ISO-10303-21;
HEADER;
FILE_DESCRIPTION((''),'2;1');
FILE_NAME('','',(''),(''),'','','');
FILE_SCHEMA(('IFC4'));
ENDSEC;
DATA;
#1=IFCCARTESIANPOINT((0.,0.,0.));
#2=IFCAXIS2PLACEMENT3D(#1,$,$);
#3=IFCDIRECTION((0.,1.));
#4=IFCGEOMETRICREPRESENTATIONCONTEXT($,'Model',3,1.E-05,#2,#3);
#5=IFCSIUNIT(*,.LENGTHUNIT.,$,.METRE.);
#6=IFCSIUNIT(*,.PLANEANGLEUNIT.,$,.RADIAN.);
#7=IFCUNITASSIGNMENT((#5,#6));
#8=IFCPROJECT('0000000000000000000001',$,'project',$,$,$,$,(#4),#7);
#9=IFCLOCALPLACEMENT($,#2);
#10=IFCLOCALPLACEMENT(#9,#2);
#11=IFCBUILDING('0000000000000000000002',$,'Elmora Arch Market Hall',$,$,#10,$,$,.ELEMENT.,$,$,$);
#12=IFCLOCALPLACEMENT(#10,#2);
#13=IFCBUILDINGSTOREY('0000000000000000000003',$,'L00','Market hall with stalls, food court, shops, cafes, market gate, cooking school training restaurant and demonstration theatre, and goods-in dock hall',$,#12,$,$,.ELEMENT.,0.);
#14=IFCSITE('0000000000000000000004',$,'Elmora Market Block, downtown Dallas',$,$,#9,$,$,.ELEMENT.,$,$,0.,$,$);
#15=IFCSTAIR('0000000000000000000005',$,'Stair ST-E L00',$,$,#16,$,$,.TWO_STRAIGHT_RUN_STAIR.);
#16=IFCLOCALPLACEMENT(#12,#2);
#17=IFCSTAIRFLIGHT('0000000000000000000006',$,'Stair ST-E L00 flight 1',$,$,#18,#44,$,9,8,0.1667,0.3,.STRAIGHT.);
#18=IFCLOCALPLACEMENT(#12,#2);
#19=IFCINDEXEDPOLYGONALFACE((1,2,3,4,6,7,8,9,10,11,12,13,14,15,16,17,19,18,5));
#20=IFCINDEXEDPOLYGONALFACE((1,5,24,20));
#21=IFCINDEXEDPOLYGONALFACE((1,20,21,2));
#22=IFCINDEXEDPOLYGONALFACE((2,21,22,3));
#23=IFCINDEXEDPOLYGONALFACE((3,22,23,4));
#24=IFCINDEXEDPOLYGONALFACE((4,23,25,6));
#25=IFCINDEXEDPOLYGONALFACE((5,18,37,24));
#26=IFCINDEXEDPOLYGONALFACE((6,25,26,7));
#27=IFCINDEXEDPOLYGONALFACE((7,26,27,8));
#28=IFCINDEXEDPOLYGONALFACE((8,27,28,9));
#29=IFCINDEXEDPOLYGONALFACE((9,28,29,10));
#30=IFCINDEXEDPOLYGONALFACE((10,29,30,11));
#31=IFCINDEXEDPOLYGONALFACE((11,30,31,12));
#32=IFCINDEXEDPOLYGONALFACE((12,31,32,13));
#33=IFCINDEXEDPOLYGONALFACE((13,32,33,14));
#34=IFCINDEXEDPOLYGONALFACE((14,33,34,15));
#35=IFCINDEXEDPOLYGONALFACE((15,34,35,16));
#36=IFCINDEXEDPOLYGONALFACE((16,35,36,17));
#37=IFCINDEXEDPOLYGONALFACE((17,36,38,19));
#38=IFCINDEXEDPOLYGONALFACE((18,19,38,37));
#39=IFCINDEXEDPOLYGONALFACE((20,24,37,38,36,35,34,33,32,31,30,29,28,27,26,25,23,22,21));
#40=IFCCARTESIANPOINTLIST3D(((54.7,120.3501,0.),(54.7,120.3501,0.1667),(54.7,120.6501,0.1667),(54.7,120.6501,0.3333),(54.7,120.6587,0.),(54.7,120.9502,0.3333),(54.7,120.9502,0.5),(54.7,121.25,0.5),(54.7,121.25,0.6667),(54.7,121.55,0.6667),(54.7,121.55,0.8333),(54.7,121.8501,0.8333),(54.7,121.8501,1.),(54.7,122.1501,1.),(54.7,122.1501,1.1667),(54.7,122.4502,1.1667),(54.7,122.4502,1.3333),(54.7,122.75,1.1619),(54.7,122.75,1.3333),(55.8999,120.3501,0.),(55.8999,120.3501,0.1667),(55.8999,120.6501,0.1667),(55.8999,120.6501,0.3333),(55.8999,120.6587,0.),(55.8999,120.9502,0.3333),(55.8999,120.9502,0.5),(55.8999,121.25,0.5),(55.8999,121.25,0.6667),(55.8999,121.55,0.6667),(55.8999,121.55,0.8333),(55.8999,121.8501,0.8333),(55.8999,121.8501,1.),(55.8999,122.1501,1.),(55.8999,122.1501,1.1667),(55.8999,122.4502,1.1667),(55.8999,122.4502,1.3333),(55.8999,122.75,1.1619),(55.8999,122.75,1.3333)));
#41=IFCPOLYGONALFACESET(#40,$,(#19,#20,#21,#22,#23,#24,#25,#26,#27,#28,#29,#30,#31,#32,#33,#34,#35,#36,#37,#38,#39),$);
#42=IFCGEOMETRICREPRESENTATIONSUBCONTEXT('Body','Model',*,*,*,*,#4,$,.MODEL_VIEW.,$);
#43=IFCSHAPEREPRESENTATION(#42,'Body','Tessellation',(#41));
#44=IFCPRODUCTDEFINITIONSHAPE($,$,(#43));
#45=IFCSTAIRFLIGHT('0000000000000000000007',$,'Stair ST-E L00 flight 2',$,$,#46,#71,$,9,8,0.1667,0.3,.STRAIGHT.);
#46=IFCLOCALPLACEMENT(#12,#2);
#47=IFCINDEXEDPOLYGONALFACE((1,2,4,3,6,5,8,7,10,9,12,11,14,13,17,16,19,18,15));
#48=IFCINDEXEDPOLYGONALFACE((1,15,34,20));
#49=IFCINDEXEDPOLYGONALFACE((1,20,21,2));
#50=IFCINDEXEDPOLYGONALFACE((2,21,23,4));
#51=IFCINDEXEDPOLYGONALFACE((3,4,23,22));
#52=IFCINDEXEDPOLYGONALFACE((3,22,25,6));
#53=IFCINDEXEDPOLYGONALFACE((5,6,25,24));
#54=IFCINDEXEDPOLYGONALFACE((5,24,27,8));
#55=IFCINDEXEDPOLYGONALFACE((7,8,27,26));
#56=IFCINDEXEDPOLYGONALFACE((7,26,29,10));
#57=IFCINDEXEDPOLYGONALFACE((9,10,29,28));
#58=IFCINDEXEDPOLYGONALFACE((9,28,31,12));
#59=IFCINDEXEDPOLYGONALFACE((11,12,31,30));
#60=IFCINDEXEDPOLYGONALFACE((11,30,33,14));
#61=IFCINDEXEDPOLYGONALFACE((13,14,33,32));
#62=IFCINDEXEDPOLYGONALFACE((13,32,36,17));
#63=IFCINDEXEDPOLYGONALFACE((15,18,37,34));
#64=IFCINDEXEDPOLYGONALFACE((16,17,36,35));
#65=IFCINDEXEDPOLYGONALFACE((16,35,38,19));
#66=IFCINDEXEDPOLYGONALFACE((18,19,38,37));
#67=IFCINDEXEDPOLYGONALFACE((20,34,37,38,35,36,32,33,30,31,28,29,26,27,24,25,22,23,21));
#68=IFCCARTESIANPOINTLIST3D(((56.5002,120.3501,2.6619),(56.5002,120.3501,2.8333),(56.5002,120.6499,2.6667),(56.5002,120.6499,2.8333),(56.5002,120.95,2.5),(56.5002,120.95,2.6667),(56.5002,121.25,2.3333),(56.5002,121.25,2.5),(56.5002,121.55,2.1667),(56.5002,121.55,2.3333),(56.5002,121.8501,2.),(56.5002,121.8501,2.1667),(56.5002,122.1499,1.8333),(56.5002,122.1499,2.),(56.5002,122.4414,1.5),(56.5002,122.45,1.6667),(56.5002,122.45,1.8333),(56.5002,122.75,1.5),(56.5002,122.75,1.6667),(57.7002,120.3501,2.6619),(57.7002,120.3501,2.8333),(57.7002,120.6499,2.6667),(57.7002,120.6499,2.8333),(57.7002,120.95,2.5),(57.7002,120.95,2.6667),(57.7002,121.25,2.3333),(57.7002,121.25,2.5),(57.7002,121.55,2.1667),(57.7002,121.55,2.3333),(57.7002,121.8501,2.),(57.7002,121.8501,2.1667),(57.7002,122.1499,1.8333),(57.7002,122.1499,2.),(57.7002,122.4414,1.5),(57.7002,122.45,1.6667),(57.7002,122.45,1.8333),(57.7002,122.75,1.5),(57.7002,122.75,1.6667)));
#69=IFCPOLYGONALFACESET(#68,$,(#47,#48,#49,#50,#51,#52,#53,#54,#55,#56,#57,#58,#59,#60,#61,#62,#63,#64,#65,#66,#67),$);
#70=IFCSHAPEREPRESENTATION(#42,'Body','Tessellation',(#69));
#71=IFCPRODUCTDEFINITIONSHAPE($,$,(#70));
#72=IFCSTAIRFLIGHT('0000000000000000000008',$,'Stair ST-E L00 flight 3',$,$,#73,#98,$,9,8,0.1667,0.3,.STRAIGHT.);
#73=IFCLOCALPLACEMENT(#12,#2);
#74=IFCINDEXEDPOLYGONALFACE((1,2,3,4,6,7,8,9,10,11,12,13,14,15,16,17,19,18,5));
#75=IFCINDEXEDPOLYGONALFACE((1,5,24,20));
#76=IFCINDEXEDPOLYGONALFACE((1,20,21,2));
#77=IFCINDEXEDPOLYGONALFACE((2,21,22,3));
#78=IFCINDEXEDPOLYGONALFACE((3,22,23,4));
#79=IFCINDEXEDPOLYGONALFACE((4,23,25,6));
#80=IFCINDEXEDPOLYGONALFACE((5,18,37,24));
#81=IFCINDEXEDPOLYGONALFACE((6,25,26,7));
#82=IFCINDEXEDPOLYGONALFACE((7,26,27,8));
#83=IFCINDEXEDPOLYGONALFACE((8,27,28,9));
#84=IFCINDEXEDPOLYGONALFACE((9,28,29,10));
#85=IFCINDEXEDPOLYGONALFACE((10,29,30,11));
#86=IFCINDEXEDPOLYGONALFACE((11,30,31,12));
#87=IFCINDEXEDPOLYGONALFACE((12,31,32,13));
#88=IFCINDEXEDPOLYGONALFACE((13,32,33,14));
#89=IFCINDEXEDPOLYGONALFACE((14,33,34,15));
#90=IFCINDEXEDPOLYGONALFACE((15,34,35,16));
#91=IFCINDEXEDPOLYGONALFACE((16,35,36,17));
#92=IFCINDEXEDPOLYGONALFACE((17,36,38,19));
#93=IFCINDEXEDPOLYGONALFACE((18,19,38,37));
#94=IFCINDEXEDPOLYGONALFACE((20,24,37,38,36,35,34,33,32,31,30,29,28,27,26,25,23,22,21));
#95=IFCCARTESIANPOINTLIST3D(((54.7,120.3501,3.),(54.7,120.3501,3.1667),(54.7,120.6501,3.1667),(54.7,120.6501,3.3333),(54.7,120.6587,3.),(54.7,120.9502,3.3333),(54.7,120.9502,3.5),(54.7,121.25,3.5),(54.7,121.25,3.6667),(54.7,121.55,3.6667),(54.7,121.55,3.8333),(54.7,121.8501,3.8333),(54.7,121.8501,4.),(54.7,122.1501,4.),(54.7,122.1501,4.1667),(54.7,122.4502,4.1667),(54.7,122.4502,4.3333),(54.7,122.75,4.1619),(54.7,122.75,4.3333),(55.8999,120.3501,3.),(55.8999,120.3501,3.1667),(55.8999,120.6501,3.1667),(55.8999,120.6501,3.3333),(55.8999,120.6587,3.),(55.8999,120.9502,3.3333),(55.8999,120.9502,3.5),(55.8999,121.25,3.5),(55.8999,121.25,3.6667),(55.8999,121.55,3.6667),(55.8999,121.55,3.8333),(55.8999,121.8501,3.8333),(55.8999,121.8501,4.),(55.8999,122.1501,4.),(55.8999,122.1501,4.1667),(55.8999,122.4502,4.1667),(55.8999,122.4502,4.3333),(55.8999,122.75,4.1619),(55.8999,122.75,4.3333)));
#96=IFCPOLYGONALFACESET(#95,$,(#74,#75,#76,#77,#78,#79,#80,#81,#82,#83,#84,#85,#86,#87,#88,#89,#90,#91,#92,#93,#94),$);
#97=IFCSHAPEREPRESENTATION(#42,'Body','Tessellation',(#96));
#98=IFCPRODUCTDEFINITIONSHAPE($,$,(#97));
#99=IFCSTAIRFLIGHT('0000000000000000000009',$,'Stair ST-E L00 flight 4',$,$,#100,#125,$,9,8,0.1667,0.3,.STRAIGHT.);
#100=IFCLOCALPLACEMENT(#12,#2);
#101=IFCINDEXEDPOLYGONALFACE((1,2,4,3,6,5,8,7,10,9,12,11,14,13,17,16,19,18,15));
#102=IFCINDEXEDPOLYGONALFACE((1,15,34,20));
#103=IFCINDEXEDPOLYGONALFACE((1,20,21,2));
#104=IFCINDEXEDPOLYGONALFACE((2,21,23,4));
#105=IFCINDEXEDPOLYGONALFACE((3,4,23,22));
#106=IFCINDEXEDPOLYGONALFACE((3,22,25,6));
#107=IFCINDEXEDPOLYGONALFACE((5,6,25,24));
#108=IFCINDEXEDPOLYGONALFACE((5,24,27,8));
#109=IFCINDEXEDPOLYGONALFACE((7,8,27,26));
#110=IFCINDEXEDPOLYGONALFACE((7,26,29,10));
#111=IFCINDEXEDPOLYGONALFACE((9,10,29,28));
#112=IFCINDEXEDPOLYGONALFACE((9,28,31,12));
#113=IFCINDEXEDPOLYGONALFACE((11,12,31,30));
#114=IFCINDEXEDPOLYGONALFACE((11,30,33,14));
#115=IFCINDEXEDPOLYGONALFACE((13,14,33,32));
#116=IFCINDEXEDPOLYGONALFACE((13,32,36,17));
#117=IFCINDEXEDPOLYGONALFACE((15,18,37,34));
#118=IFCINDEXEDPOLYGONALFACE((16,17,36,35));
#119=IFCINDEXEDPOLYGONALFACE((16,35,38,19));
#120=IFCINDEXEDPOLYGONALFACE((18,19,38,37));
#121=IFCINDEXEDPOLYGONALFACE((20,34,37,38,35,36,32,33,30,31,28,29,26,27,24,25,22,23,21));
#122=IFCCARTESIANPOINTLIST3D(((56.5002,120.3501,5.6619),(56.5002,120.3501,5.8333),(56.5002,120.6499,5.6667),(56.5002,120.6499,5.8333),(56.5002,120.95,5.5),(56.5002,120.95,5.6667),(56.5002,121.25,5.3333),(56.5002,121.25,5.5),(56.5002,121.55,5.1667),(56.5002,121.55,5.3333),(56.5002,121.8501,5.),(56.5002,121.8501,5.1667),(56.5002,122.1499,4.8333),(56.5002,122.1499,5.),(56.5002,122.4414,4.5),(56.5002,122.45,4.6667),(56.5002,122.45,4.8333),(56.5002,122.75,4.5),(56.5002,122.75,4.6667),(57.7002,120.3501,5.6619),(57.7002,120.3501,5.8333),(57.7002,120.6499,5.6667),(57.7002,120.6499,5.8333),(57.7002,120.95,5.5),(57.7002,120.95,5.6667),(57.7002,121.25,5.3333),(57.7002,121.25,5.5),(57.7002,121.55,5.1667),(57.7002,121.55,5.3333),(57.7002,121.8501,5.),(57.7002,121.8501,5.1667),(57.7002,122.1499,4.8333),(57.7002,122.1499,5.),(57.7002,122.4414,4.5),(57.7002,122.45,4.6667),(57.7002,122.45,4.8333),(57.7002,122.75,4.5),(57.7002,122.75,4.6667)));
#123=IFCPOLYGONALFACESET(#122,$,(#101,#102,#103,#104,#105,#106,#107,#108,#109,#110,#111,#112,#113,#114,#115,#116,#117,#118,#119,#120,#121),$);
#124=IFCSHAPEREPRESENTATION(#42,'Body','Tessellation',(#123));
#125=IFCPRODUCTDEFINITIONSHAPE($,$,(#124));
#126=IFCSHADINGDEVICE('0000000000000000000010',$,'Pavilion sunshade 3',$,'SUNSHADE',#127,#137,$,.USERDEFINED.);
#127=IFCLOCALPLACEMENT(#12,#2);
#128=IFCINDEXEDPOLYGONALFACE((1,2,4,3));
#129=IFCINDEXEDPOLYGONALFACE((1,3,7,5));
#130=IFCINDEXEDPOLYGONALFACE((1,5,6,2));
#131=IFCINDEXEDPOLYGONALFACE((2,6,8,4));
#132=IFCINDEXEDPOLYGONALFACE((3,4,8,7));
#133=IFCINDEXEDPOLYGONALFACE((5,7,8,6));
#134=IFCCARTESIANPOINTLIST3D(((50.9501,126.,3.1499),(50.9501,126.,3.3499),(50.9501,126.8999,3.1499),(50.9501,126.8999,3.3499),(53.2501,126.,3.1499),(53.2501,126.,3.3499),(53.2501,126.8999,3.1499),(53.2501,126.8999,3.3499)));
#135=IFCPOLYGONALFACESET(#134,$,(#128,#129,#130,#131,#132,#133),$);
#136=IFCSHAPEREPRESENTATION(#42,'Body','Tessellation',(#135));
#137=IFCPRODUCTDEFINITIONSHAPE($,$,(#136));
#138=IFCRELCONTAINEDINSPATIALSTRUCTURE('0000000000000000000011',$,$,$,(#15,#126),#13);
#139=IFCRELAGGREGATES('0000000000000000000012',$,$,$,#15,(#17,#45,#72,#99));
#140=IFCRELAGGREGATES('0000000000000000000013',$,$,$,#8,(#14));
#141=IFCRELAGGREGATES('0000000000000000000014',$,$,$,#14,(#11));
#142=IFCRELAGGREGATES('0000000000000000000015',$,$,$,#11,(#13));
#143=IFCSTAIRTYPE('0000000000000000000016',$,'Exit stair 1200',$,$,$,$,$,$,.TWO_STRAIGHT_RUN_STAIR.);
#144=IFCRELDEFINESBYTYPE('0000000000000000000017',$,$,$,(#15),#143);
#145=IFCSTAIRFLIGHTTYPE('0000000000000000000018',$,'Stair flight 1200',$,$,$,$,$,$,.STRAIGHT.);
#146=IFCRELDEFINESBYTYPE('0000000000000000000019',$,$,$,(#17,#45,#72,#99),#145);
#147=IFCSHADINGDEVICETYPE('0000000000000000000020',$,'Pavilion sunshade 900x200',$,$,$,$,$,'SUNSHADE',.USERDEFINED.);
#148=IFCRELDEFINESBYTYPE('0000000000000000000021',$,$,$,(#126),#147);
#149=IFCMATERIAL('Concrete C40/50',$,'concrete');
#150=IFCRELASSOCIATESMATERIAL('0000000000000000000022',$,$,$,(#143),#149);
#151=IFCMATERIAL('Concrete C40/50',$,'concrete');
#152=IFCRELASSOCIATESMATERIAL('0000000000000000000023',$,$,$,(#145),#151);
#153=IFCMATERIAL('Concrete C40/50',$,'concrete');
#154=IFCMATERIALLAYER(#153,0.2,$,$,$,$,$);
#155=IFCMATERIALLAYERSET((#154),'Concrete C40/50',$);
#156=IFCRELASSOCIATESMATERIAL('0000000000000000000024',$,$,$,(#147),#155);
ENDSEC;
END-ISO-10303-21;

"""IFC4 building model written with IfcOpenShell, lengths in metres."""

from ifc_helpers import new_model, si_unit, direction, frame, origin, origin_2d, place, context, subcontext, project, spatial, polyline, rectangle, outline, extrude, material, layer, layer_set, type_object, element, aggregate, save


model = new_model("IFC4")

# Units and contexts
model_context = context("Model", 3, precision=1e-05, world=origin(), true_north=direction((0.0, 1.0)))
body_context = subcontext(model_context, "Body", "Model", "MODEL_VIEW")
ifc_project = project(units=[si_unit("LENGTHUNIT", "METRE"), si_unit("PLANEANGLEUNIT", "RADIAN")], contexts=[model_context])

# Site, building, storey
site_placement = place(None, origin())
site = spatial("IfcSite", under=ifc_project, at=site_placement, Name="Elmora Market Block, downtown Dallas", CompositionType="ELEMENT", RefElevation=0.0)
building_placement = place(site_placement, origin())
building = spatial("IfcBuilding", under=site, at=building_placement, Name="Elmora Arch Market Hall", CompositionType="ELEMENT")
storey_placement = place(building_placement, origin())
storey = spatial("IfcBuildingStorey", under=building, at=storey_placement, Name="L00", Description="Market hall with stalls, food court, shops, cafes, market gate, cooking school training restaurant and demonstration theatre, and goods-in dock hall", CompositionType="ELEMENT", Elevation=0.0)

# Stair, stair flights
ifc_material_1 = material(Name="Concrete C40/50", Category="concrete")
stair_type = type_object("IfcStairType", Name="Exit stair 1200", PredefinedType="TWO_STRAIGHT_RUN_STAIR", material=ifc_material_1)
stair_placement = place(storey_placement, origin())
stair = element("IfcStair", 1, at=stair_placement, inside=storey, type_object=stair_type, Name="Stair ST-E L00", PredefinedType="TWO_STRAIGHT_RUN_STAIR")
ifc_material_2 = material(Name="Concrete C40/50", Category="concrete")
stair_flight_type = type_object("IfcStairFlightType", Name="Stair flight 1200", PredefinedType="STRAIGHT", material=ifc_material_2)
stair_flight_1_placement = place(storey_placement, frame((55.3, 120.3501, 0.0), z_axis=(0.0, 0.0, 1.0), x_axis=(0.0, 1.0, 0.0)))
stair_flight_1 = element("IfcStairFlight", 2, at=stair_flight_1_placement, type_object=stair_flight_type, Name="Stair ST-E L00 flight 1", NumberOfRisers=9, NumberOfTreads=8, PredefinedType="STRAIGHT", RiserHeight=0.1667, TreadLength=0.3, context=body_context, shape_type="SweptSolid", body=[
    extrude(outline(polyline([(0.0, 0.0), (0.0, 0.1667), (0.3, 0.1667), (0.3, 0.3333), (0.6001, 0.3333), (0.6001, 0.5), (0.8999, 0.5), (0.8999, 0.6667), (1.2, 0.6667), (1.2, 0.8333), (1.5, 0.8333), (1.5, 1.0), (1.8, 1.0), (1.8, 1.1667), (2.1001, 1.1667), (2.1001, 1.3333), (2.3999, 1.3333), (2.3999, 1.5), (2.3999, 1.1619), (0.3086, 0.0), (0.0, 0.0)])), frame((0.0, 0.6001, 0.0), z_axis=(0.0, -1.0, 0.0), x_axis=(1.0, 0.0, 0.0)), (0.0, 0.0, 1.0), 1.2),
])
stair_flight_2_placement = place(storey_placement, frame((57.1001, 122.75, 1.5), z_axis=(0.0, 0.0, 1.0), x_axis=(0.0, -1.0, 0.0)))
stair_flight_2 = element("IfcStairFlight", 3, at=stair_flight_2_placement, type_object=stair_flight_type, Name="Stair ST-E L00 flight 2", NumberOfRisers=9, NumberOfTreads=8, PredefinedType="STRAIGHT", RiserHeight=0.1667, TreadLength=0.3, context=body_context, shape_type="SweptSolid", body=[
    extrude(outline(polyline([(0.0, 0.0), (0.0, 0.1667), (0.3, 0.1667), (0.3, 0.3333), (0.6001, 0.3333), (0.6001, 0.5), (0.8999, 0.5), (0.8999, 0.6667), (1.2, 0.6667), (1.2, 0.8333), (1.5, 0.8333), (1.5, 1.0), (1.8, 1.0), (1.8, 1.1667), (2.1001, 1.1667), (2.1001, 1.3333), (2.3999, 1.3333), (2.3999, 1.5), (2.3999, 1.1619), (0.3086, 0.0), (0.0, 0.0)])), frame((0.0, 0.6001, 0.0), z_axis=(0.0, -1.0, 0.0), x_axis=(1.0, 0.0, 0.0)), (0.0, 0.0, 1.0), 1.2),
])
stair_flight_3_placement = place(storey_placement, frame((55.3, 120.3501, 3.0), z_axis=(0.0, 0.0, 1.0), x_axis=(0.0, 1.0, 0.0)))
stair_flight_3 = element("IfcStairFlight", 4, at=stair_flight_3_placement, type_object=stair_flight_type, Name="Stair ST-E L00 flight 3", NumberOfRisers=9, NumberOfTreads=8, PredefinedType="STRAIGHT", RiserHeight=0.1667, TreadLength=0.3, context=body_context, shape_type="SweptSolid", body=[
    extrude(outline(polyline([(0.0, 0.0), (0.0, 0.1667), (0.3, 0.1667), (0.3, 0.3333), (0.6001, 0.3333), (0.6001, 0.5), (0.8999, 0.5), (0.8999, 0.6667), (1.2, 0.6667), (1.2, 0.8333), (1.5, 0.8333), (1.5, 1.0), (1.8, 1.0), (1.8, 1.1667), (2.1001, 1.1667), (2.1001, 1.3333), (2.3999, 1.3333), (2.3999, 1.5), (2.3999, 1.1619), (0.3086, 0.0), (0.0, 0.0)])), frame((0.0, 0.6001, 0.0), z_axis=(0.0, -1.0, 0.0), x_axis=(1.0, 0.0, 0.0)), (0.0, 0.0, 1.0), 1.2),
])
stair_flight_4_placement = place(storey_placement, frame((57.1001, 122.75, 4.5), z_axis=(0.0, 0.0, 1.0), x_axis=(0.0, -1.0, 0.0)))
stair_flight_4 = element("IfcStairFlight", 5, at=stair_flight_4_placement, type_object=stair_flight_type, Name="Stair ST-E L00 flight 4", NumberOfRisers=9, NumberOfTreads=8, PredefinedType="STRAIGHT", RiserHeight=0.1667, TreadLength=0.3, context=body_context, shape_type="SweptSolid", body=[
    extrude(outline(polyline([(0.0, 0.0), (0.0, 0.1667), (0.3, 0.1667), (0.3, 0.3333), (0.6001, 0.3333), (0.6001, 0.5), (0.8999, 0.5), (0.8999, 0.6667), (1.2, 0.6667), (1.2, 0.8333), (1.5, 0.8333), (1.5, 1.0), (1.8, 1.0), (1.8, 1.1667), (2.1001, 1.1667), (2.1001, 1.3333), (2.3999, 1.3333), (2.3999, 1.5), (2.3999, 1.1619), (0.3086, 0.0), (0.0, 0.0)])), frame((0.0, 0.6001, 0.0), z_axis=(0.0, -1.0, 0.0), x_axis=(1.0, 0.0, 0.0)), (0.0, 0.0, 1.0), 1.2),
])
aggregate(stair, [stair_flight_1, stair_flight_2, stair_flight_3, stair_flight_4])

# Shading device
ifc_material_3 = material(Name="Concrete C40/50", Category="concrete")
ifc_layer_1 = layer(ifc_material_3, 0.2)
ifc_layer_set_1 = layer_set([ifc_layer_1], Name="Concrete C40/50")
shading_device_type = type_object("IfcShadingDeviceType", Name="Pavilion sunshade 900x200", ElementType="SUNSHADE", PredefinedType="USERDEFINED", material=ifc_layer_set_1)
shading_device_placement = place(storey_placement, frame((52.1001, 126.45, 3.1499), z_axis=(0.0, 0.0, 1.0), x_axis=(1.0, 0.0, 0.0)))
element("IfcShadingDevice", 6, at=shading_device_placement, inside=storey, type_object=shading_device_type, Name="Pavilion sunshade 3", ObjectType="SUNSHADE", PredefinedType="USERDEFINED", context=body_context, shape_type="SweptSolid", body=[
    extrude(rectangle(XDim=2.3, YDim=0.8999, at=origin_2d()), origin(), (0.0, 0.0, 1.0), 0.2),
])

save(model, "model.ifc")
